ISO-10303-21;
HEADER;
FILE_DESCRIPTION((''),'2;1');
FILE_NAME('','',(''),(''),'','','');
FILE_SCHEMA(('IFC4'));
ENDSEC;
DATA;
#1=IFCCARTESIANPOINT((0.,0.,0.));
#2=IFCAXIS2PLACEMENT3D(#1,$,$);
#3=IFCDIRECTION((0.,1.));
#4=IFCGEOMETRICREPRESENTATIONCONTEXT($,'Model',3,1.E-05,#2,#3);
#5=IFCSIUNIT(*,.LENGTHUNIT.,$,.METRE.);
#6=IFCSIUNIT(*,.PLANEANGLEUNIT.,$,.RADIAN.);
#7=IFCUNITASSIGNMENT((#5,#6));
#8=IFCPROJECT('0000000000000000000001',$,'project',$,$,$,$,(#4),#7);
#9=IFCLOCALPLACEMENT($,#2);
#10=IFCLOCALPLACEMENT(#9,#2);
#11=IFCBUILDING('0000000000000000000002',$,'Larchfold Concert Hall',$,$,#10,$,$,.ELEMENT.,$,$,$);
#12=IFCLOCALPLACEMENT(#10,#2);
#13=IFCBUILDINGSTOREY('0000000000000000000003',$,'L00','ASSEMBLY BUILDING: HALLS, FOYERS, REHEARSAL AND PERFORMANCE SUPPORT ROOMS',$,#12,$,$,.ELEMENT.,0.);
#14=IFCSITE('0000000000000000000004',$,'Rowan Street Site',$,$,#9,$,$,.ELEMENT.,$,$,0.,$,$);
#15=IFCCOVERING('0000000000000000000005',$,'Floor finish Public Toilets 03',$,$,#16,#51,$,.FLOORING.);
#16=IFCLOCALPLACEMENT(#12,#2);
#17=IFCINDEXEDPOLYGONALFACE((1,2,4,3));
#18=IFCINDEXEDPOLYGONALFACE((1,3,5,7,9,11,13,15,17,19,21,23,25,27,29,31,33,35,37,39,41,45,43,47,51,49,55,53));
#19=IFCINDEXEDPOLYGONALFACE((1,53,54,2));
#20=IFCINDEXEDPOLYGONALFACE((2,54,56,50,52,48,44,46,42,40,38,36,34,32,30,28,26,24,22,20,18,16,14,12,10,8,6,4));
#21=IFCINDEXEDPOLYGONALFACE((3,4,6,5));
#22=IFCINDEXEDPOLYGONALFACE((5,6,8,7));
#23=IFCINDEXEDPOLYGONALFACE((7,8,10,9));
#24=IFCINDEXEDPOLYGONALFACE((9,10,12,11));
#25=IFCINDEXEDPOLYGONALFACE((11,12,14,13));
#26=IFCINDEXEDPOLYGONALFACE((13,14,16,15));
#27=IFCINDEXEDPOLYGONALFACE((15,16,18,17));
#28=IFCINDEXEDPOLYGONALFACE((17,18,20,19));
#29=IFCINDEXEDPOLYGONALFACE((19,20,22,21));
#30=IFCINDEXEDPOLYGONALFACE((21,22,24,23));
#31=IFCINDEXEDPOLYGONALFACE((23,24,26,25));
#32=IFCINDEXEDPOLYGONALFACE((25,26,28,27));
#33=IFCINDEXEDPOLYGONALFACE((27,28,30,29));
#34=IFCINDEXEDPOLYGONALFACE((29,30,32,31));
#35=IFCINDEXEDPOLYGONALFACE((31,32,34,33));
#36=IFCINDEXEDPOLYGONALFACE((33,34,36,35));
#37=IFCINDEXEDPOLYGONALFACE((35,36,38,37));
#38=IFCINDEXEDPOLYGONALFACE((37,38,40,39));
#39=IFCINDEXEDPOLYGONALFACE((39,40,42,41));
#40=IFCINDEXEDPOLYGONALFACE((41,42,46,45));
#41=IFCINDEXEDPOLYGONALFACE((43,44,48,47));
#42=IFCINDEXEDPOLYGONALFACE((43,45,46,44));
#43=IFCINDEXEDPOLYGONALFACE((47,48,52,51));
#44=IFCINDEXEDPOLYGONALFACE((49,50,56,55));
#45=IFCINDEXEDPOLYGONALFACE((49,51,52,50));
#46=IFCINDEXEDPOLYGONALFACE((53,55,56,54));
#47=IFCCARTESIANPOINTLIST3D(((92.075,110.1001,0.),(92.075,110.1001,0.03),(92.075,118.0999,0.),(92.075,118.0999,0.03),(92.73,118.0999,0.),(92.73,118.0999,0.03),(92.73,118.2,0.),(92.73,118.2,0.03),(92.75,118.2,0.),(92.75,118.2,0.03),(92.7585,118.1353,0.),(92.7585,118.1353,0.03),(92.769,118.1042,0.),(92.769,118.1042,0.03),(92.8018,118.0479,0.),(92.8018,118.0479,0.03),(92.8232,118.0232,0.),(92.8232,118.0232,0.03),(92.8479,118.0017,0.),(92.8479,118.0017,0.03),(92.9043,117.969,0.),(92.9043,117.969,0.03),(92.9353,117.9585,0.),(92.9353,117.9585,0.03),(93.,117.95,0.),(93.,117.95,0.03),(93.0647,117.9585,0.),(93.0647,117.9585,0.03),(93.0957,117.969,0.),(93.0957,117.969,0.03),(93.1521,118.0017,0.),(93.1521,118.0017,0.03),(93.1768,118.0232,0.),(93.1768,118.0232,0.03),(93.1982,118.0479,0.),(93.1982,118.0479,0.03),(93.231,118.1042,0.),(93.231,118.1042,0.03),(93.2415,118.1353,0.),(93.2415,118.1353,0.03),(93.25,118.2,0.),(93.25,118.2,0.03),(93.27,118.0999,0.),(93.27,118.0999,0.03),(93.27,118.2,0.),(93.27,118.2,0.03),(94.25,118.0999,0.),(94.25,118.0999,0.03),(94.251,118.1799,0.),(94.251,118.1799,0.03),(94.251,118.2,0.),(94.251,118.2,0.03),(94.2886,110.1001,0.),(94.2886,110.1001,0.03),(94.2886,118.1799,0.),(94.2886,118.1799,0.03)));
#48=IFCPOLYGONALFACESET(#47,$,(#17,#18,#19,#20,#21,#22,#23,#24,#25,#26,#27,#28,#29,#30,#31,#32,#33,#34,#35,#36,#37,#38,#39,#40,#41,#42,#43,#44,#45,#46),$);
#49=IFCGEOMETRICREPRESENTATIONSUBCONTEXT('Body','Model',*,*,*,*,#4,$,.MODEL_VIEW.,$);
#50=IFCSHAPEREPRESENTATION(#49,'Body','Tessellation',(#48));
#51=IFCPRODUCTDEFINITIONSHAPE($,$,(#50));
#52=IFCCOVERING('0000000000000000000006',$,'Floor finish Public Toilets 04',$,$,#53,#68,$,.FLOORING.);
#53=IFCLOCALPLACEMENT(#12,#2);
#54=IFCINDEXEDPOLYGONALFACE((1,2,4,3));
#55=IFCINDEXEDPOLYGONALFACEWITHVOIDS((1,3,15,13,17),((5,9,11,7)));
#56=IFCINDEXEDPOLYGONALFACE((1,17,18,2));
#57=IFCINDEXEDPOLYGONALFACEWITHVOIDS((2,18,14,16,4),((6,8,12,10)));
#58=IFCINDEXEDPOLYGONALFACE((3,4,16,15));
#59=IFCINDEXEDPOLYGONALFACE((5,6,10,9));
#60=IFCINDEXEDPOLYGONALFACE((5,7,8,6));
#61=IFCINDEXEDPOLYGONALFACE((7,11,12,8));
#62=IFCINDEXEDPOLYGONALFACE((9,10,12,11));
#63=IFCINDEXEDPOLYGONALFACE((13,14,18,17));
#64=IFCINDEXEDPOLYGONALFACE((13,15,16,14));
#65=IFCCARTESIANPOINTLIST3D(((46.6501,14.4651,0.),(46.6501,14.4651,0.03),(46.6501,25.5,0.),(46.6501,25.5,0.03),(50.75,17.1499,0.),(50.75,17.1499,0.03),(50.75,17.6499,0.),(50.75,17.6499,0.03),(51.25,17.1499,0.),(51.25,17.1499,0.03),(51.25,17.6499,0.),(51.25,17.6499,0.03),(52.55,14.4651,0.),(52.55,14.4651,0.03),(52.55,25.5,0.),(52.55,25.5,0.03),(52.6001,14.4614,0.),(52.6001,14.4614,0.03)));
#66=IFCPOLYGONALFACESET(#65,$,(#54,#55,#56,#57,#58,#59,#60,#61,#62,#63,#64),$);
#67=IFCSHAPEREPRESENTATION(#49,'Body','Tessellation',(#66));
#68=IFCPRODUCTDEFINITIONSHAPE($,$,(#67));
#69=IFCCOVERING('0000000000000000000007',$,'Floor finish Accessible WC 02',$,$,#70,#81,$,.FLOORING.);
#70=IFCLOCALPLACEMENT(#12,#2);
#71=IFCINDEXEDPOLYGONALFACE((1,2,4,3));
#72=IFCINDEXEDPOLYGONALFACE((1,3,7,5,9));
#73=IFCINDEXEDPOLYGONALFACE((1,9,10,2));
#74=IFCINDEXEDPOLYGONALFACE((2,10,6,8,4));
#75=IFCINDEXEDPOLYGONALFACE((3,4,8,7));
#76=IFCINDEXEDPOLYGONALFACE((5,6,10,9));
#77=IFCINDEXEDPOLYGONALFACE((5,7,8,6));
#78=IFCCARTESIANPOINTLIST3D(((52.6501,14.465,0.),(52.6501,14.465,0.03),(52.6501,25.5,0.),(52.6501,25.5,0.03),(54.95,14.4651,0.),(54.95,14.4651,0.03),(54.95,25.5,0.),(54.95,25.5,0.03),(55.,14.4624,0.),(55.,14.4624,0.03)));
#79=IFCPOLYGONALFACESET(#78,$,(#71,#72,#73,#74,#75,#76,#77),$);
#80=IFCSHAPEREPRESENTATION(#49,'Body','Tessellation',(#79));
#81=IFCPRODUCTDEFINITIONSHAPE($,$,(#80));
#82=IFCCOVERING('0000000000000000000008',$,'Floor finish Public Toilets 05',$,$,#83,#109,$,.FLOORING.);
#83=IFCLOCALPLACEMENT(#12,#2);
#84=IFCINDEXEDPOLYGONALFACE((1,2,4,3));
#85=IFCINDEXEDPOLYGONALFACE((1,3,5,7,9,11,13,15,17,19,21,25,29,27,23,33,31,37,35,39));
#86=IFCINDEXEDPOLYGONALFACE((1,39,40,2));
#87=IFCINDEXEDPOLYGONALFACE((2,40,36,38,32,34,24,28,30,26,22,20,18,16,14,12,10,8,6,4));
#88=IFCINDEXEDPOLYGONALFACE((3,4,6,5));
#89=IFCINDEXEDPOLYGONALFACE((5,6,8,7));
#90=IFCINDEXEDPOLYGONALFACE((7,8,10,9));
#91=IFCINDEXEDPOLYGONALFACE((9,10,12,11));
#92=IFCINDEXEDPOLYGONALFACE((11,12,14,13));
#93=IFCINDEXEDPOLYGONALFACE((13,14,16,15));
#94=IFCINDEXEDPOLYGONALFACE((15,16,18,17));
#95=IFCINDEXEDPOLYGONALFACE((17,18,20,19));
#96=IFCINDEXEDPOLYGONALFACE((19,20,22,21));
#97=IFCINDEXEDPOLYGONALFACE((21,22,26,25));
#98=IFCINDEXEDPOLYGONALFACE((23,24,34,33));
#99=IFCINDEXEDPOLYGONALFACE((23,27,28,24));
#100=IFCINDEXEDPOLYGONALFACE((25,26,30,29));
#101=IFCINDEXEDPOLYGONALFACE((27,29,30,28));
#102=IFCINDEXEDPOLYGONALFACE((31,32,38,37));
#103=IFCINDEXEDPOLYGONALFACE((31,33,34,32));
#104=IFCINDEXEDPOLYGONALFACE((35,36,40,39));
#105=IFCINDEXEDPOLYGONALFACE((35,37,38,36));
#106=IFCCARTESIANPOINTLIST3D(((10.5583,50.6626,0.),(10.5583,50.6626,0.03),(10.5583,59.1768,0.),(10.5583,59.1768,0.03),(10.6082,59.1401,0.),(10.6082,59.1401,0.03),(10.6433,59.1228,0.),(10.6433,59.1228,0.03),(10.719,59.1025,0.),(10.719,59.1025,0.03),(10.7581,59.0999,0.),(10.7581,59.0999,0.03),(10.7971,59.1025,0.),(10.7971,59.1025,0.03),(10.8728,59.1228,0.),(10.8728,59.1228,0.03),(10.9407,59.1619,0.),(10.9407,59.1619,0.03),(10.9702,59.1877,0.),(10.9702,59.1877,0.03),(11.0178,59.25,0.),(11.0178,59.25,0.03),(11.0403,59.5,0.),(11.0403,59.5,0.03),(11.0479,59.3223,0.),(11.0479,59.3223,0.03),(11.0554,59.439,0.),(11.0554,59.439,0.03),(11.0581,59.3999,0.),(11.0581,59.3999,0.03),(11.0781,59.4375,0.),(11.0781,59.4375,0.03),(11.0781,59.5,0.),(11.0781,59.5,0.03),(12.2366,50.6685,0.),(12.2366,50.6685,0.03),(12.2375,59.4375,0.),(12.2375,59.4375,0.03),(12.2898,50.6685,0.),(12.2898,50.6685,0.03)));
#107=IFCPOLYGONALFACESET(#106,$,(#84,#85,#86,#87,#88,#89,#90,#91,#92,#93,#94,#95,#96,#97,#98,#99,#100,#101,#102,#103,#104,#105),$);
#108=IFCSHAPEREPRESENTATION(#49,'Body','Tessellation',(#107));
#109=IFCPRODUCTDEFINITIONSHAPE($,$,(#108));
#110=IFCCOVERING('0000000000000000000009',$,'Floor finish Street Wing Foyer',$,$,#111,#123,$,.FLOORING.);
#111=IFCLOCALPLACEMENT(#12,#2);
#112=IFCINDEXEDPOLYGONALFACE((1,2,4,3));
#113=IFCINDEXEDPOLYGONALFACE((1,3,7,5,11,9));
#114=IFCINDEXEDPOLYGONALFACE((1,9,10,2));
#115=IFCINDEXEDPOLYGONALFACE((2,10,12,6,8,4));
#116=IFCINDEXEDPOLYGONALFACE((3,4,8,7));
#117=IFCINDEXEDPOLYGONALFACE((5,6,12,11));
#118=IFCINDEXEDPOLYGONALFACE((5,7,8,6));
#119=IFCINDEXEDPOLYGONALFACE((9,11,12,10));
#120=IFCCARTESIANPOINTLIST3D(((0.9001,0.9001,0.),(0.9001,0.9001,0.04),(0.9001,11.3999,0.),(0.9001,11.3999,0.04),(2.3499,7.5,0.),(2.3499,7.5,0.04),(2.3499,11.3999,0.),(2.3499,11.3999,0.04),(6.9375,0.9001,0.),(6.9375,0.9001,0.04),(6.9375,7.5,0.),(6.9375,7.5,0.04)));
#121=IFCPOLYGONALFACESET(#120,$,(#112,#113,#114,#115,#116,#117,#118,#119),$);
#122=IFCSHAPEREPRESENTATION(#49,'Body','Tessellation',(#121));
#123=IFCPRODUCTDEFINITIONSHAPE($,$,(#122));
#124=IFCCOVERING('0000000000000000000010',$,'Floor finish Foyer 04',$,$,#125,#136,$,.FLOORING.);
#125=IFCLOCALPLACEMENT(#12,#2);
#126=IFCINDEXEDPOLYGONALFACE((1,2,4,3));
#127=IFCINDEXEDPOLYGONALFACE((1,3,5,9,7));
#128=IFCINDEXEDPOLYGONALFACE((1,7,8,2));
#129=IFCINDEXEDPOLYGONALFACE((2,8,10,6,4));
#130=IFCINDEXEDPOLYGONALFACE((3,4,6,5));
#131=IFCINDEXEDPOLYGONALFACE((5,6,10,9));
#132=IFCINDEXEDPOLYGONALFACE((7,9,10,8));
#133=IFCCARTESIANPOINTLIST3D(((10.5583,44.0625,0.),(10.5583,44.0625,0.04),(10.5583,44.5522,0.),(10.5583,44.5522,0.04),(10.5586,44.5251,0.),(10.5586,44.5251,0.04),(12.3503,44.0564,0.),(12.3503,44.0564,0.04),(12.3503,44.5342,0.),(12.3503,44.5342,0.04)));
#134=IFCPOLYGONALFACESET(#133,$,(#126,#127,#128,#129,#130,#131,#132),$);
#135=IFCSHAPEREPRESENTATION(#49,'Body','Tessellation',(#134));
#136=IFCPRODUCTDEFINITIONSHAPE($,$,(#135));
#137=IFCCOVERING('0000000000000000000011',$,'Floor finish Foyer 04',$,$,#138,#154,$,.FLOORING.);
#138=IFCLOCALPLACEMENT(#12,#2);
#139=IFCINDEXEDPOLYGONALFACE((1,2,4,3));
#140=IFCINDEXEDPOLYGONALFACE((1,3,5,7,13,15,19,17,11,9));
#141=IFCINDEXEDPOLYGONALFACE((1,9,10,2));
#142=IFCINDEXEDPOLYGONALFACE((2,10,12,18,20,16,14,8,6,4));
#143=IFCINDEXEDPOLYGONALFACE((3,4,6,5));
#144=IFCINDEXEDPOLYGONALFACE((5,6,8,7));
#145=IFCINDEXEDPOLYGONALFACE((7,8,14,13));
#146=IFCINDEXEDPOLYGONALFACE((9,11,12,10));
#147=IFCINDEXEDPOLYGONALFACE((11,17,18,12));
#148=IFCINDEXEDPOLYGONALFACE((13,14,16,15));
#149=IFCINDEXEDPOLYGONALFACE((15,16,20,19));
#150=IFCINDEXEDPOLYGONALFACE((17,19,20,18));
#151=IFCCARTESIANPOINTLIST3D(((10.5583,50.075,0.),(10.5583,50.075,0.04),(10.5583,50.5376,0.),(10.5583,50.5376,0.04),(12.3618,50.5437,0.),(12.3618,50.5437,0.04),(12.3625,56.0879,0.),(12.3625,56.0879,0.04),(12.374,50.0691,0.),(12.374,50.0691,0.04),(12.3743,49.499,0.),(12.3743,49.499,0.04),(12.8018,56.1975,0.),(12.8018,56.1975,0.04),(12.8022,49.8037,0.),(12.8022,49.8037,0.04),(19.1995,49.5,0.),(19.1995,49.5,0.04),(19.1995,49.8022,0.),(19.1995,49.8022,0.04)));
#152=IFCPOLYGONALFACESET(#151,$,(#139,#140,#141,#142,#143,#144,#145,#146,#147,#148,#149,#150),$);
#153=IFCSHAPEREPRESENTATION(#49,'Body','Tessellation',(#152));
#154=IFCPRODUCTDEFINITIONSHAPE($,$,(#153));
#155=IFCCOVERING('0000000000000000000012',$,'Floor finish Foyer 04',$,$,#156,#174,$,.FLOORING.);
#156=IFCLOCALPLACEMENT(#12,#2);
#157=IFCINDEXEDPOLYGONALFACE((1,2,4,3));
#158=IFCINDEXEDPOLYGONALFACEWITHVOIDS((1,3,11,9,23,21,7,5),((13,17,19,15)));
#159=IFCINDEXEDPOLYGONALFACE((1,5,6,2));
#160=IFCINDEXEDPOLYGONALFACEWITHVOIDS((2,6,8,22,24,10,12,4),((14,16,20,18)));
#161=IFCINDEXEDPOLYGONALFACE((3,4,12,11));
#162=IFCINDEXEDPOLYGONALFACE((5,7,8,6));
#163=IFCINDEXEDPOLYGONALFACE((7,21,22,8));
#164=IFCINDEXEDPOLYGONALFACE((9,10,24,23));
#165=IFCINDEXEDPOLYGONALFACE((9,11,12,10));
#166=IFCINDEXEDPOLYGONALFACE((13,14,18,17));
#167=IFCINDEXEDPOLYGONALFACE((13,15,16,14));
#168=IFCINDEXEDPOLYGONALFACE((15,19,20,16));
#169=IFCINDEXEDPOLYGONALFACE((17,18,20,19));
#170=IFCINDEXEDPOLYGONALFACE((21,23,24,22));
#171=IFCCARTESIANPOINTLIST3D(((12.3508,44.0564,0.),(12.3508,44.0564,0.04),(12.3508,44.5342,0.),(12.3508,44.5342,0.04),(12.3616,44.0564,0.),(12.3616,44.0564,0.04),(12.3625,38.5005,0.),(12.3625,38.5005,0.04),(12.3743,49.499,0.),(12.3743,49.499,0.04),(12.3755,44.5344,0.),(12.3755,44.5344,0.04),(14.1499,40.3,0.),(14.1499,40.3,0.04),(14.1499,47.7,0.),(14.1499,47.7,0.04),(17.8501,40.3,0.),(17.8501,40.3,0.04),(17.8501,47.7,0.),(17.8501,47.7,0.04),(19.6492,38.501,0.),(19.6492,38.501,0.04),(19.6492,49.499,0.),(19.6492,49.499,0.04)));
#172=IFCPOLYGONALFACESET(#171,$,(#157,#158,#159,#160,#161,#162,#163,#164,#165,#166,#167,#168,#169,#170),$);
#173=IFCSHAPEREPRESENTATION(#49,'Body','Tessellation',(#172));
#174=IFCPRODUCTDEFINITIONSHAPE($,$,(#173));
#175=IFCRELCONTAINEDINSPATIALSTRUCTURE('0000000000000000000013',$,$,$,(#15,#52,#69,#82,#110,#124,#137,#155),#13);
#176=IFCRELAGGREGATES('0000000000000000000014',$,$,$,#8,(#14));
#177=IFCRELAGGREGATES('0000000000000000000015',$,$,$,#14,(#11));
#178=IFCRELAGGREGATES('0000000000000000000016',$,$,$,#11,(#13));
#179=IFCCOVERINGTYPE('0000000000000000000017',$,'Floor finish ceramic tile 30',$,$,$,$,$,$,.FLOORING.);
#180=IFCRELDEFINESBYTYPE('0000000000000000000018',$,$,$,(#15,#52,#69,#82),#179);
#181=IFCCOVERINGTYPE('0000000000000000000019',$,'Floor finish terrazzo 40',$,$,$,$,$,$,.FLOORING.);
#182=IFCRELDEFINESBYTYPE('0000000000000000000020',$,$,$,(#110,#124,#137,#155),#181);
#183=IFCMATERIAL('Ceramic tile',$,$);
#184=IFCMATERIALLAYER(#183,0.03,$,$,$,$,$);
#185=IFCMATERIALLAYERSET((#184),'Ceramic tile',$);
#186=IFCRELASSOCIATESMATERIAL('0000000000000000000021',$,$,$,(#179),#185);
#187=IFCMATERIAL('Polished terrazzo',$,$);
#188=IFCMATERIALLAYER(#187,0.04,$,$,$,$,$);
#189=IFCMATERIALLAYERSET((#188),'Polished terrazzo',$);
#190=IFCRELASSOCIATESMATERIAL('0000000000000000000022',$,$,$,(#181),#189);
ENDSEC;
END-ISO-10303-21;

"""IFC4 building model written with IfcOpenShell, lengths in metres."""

from ifc_helpers import new_model, si_unit, direction, origin, place, context, subcontext, project, spatial, polyline, outline, extrude, material, layer, layer_set, type_object, element, save


model = new_model("IFC4")

# Units and contexts
model_context = context("Model", 3, precision=1e-05, world=origin(), true_north=direction((0.0, 1.0)))
body_context = subcontext(model_context, "Body", "Model", "MODEL_VIEW")
ifc_project = project(units=[si_unit("LENGTHUNIT", "METRE"), si_unit("PLANEANGLEUNIT", "RADIAN")], contexts=[model_context])

# Site, building, storey
site_placement = place(None, origin())
site = spatial("IfcSite", under=ifc_project, at=site_placement, Name="Rowan Street Site", CompositionType="ELEMENT", RefElevation=0.0)
building_placement = place(site_placement, origin())
building = spatial("IfcBuilding", under=site, at=building_placement, Name="Larchfold Concert Hall", CompositionType="ELEMENT")
storey_placement = place(building_placement, origin())
storey = spatial("IfcBuildingStorey", under=building, at=storey_placement, Name="L00", Description="ASSEMBLY BUILDING: HALLS, FOYERS, REHEARSAL AND PERFORMANCE SUPPORT ROOMS", CompositionType="ELEMENT", Elevation=0.0)

# Coverings
ifc_material_1 = material(Name="Ceramic tile")
ifc_layer_1 = layer(ifc_material_1, 0.03)
ifc_layer_set_1 = layer_set([ifc_layer_1], Name="Ceramic tile")
covering_type_1 = type_object("IfcCoveringType", Name="Floor finish ceramic tile 30", PredefinedType="FLOORING", material=ifc_layer_set_1)
covering_1_placement = place(storey_placement, origin())
element("IfcCovering", 1, at=covering_1_placement, inside=storey, type_object=covering_type_1, Name="Floor finish Public Toilets 03", PredefinedType="FLOORING", context=body_context, shape_type="SweptSolid", body=[
    extrude(outline(polyline([(92.075, 110.1001), (94.2886, 110.1001), (94.2886, 118.1799), (94.251, 118.1799), (94.251, 118.2), (94.25, 118.0999), (93.27, 118.0999), (93.27, 118.2), (93.25, 118.2), (93.2415, 118.1353), (93.231, 118.1042), (93.1982, 118.0479), (93.1768, 118.0232), (93.1521, 118.0017), (93.0957, 117.969), (93.0647, 117.9585), (93.0, 117.95), (92.9353, 117.9585), (92.9043, 117.969), (92.8479, 118.0017), (92.8232, 118.0232), (92.8018, 118.0479), (92.769, 118.1042), (92.7585, 118.1353), (92.75, 118.2), (92.73, 118.2), (92.73, 118.0999), (92.075, 118.0999), (92.075, 110.1001)])), origin(), (0.0, 0.0, 1.0), 0.03),
])
covering_2_placement = place(storey_placement, origin())
element("IfcCovering", 2, at=covering_2_placement, inside=storey, type_object=covering_type_1, Name="Floor finish Public Toilets 04", PredefinedType="FLOORING", context=body_context, shape_type="SweptSolid", body=[
    extrude(outline(polyline([(46.6001, 14.4651), (52.6001, 14.4614), (52.55, 14.4651), (52.55, 25.5), (46.6501, 25.5), (46.6501, 14.4651), (46.6001, 14.4651)]), holes=[polyline([(50.75, 17.1499), (50.75, 17.6499), (51.25, 17.6499), (51.25, 17.1499), (50.75, 17.1499)])]), origin(), (0.0, 0.0, 1.0), 0.03),
])
covering_3_placement = place(storey_placement, origin())
element("IfcCovering", 3, at=covering_3_placement, inside=storey, type_object=covering_type_1, Name="Floor finish Accessible WC 02", PredefinedType="FLOORING", context=body_context, shape_type="SweptSolid", body=[
    extrude(outline(polyline([(52.6001, 14.4651), (55.0, 14.4624), (54.95, 14.4651), (54.95, 25.5), (52.6501, 25.5), (52.6501, 14.4651), (52.6001, 14.4651)])), origin(), (0.0, 0.0, 1.0), 0.03),
])
covering_4_placement = place(storey_placement, origin())
element("IfcCovering", 4, at=covering_4_placement, inside=storey, type_object=covering_type_1, Name="Floor finish Public Toilets 05", PredefinedType="FLOORING", context=body_context, shape_type="SweptSolid", body=[
    extrude(outline(polyline([(10.5583, 59.1768), (10.5583, 50.6626), (12.2898, 50.6685), (12.2366, 50.6685), (12.2375, 59.4375), (11.0781, 59.4375), (11.0781, 59.5), (11.0403, 59.5), (11.0554, 59.439), (11.0581, 59.3999), (11.0479, 59.3223), (11.0178, 59.25), (10.9702, 59.1877), (10.9407, 59.1619), (10.8728, 59.1228), (10.7971, 59.1025), (10.7581, 59.0999), (10.719, 59.1025), (10.6433, 59.1228), (10.6082, 59.1401), (10.5583, 59.1768)])), origin(), (0.0, 0.0, 1.0), 0.03),
])
ifc_material_2 = material(Name="Polished terrazzo")
ifc_layer_2 = layer(ifc_material_2, 0.04)
ifc_layer_set_2 = layer_set([ifc_layer_2], Name="Polished terrazzo")
covering_type_2 = type_object("IfcCoveringType", Name="Floor finish terrazzo 40", PredefinedType="FLOORING", material=ifc_layer_set_2)
covering_5_placement = place(storey_placement, origin())
element("IfcCovering", 5, at=covering_5_placement, inside=storey, type_object=covering_type_2, Name="Floor finish Street Wing Foyer", PredefinedType="FLOORING", context=body_context, shape_type="SweptSolid", body=[
    extrude(outline(polyline([(0.9001, 0.9001), (6.9375, 0.9001), (6.9375, 7.5), (2.3499, 7.5), (2.3499, 11.3999), (0.9001, 11.3999), (0.9001, 0.9001)])), origin(), (0.0, 0.0, 1.0), 0.04),
])
covering_6_placement = place(storey_placement, origin())
element("IfcCovering", 6, at=covering_6_placement, inside=storey, type_object=covering_type_2, Name="Floor finish Foyer 04", PredefinedType="FLOORING", context=body_context, shape_type="SweptSolid", body=[
    extrude(outline(polyline([(10.5583, 44.5522), (10.5583, 44.0625), (12.3503, 44.0564), (12.3503, 44.5342), (10.5586, 44.5251), (10.5583, 44.5522)])), origin(), (0.0, 0.0, 1.0), 0.04),
])
covering_7_placement = place(storey_placement, origin())
element("IfcCovering", 7, at=covering_7_placement, inside=storey, type_object=covering_type_2, Name="Floor finish Foyer 04", PredefinedType="FLOORING", context=body_context, shape_type="SweptSolid", body=[
    extrude(outline(polyline([(10.5583, 50.075), (12.374, 50.0691), (12.3743, 49.499), (19.1995, 49.5), (19.1995, 49.8022), (12.8022, 49.8037), (12.8018, 56.1975), (12.3625, 56.0879), (12.3618, 50.5437), (10.5583, 50.5376), (10.5583, 50.075)])), origin(), (0.0, 0.0, 1.0), 0.04),
])
covering_8_placement = place(storey_placement, origin())
element("IfcCovering", 8, at=covering_8_placement, inside=storey, type_object=covering_type_2, Name="Floor finish Foyer 04", PredefinedType="FLOORING", context=body_context, shape_type="SweptSolid", body=[
    extrude(outline(polyline([(12.3755, 44.5344), (12.3508, 44.5342), (12.3508, 44.0564), (12.3616, 44.0564), (12.3625, 38.5005), (19.6492, 38.501), (19.6492, 49.499), (12.3743, 49.499), (12.3755, 44.5344)]), holes=[polyline([(14.1499, 40.3), (14.1499, 47.7), (17.8501, 47.7), (17.8501, 40.3), (14.1499, 40.3)])]), origin(), (0.0, 0.0, 1.0), 0.04),
])

save(model, "model.ifc")
